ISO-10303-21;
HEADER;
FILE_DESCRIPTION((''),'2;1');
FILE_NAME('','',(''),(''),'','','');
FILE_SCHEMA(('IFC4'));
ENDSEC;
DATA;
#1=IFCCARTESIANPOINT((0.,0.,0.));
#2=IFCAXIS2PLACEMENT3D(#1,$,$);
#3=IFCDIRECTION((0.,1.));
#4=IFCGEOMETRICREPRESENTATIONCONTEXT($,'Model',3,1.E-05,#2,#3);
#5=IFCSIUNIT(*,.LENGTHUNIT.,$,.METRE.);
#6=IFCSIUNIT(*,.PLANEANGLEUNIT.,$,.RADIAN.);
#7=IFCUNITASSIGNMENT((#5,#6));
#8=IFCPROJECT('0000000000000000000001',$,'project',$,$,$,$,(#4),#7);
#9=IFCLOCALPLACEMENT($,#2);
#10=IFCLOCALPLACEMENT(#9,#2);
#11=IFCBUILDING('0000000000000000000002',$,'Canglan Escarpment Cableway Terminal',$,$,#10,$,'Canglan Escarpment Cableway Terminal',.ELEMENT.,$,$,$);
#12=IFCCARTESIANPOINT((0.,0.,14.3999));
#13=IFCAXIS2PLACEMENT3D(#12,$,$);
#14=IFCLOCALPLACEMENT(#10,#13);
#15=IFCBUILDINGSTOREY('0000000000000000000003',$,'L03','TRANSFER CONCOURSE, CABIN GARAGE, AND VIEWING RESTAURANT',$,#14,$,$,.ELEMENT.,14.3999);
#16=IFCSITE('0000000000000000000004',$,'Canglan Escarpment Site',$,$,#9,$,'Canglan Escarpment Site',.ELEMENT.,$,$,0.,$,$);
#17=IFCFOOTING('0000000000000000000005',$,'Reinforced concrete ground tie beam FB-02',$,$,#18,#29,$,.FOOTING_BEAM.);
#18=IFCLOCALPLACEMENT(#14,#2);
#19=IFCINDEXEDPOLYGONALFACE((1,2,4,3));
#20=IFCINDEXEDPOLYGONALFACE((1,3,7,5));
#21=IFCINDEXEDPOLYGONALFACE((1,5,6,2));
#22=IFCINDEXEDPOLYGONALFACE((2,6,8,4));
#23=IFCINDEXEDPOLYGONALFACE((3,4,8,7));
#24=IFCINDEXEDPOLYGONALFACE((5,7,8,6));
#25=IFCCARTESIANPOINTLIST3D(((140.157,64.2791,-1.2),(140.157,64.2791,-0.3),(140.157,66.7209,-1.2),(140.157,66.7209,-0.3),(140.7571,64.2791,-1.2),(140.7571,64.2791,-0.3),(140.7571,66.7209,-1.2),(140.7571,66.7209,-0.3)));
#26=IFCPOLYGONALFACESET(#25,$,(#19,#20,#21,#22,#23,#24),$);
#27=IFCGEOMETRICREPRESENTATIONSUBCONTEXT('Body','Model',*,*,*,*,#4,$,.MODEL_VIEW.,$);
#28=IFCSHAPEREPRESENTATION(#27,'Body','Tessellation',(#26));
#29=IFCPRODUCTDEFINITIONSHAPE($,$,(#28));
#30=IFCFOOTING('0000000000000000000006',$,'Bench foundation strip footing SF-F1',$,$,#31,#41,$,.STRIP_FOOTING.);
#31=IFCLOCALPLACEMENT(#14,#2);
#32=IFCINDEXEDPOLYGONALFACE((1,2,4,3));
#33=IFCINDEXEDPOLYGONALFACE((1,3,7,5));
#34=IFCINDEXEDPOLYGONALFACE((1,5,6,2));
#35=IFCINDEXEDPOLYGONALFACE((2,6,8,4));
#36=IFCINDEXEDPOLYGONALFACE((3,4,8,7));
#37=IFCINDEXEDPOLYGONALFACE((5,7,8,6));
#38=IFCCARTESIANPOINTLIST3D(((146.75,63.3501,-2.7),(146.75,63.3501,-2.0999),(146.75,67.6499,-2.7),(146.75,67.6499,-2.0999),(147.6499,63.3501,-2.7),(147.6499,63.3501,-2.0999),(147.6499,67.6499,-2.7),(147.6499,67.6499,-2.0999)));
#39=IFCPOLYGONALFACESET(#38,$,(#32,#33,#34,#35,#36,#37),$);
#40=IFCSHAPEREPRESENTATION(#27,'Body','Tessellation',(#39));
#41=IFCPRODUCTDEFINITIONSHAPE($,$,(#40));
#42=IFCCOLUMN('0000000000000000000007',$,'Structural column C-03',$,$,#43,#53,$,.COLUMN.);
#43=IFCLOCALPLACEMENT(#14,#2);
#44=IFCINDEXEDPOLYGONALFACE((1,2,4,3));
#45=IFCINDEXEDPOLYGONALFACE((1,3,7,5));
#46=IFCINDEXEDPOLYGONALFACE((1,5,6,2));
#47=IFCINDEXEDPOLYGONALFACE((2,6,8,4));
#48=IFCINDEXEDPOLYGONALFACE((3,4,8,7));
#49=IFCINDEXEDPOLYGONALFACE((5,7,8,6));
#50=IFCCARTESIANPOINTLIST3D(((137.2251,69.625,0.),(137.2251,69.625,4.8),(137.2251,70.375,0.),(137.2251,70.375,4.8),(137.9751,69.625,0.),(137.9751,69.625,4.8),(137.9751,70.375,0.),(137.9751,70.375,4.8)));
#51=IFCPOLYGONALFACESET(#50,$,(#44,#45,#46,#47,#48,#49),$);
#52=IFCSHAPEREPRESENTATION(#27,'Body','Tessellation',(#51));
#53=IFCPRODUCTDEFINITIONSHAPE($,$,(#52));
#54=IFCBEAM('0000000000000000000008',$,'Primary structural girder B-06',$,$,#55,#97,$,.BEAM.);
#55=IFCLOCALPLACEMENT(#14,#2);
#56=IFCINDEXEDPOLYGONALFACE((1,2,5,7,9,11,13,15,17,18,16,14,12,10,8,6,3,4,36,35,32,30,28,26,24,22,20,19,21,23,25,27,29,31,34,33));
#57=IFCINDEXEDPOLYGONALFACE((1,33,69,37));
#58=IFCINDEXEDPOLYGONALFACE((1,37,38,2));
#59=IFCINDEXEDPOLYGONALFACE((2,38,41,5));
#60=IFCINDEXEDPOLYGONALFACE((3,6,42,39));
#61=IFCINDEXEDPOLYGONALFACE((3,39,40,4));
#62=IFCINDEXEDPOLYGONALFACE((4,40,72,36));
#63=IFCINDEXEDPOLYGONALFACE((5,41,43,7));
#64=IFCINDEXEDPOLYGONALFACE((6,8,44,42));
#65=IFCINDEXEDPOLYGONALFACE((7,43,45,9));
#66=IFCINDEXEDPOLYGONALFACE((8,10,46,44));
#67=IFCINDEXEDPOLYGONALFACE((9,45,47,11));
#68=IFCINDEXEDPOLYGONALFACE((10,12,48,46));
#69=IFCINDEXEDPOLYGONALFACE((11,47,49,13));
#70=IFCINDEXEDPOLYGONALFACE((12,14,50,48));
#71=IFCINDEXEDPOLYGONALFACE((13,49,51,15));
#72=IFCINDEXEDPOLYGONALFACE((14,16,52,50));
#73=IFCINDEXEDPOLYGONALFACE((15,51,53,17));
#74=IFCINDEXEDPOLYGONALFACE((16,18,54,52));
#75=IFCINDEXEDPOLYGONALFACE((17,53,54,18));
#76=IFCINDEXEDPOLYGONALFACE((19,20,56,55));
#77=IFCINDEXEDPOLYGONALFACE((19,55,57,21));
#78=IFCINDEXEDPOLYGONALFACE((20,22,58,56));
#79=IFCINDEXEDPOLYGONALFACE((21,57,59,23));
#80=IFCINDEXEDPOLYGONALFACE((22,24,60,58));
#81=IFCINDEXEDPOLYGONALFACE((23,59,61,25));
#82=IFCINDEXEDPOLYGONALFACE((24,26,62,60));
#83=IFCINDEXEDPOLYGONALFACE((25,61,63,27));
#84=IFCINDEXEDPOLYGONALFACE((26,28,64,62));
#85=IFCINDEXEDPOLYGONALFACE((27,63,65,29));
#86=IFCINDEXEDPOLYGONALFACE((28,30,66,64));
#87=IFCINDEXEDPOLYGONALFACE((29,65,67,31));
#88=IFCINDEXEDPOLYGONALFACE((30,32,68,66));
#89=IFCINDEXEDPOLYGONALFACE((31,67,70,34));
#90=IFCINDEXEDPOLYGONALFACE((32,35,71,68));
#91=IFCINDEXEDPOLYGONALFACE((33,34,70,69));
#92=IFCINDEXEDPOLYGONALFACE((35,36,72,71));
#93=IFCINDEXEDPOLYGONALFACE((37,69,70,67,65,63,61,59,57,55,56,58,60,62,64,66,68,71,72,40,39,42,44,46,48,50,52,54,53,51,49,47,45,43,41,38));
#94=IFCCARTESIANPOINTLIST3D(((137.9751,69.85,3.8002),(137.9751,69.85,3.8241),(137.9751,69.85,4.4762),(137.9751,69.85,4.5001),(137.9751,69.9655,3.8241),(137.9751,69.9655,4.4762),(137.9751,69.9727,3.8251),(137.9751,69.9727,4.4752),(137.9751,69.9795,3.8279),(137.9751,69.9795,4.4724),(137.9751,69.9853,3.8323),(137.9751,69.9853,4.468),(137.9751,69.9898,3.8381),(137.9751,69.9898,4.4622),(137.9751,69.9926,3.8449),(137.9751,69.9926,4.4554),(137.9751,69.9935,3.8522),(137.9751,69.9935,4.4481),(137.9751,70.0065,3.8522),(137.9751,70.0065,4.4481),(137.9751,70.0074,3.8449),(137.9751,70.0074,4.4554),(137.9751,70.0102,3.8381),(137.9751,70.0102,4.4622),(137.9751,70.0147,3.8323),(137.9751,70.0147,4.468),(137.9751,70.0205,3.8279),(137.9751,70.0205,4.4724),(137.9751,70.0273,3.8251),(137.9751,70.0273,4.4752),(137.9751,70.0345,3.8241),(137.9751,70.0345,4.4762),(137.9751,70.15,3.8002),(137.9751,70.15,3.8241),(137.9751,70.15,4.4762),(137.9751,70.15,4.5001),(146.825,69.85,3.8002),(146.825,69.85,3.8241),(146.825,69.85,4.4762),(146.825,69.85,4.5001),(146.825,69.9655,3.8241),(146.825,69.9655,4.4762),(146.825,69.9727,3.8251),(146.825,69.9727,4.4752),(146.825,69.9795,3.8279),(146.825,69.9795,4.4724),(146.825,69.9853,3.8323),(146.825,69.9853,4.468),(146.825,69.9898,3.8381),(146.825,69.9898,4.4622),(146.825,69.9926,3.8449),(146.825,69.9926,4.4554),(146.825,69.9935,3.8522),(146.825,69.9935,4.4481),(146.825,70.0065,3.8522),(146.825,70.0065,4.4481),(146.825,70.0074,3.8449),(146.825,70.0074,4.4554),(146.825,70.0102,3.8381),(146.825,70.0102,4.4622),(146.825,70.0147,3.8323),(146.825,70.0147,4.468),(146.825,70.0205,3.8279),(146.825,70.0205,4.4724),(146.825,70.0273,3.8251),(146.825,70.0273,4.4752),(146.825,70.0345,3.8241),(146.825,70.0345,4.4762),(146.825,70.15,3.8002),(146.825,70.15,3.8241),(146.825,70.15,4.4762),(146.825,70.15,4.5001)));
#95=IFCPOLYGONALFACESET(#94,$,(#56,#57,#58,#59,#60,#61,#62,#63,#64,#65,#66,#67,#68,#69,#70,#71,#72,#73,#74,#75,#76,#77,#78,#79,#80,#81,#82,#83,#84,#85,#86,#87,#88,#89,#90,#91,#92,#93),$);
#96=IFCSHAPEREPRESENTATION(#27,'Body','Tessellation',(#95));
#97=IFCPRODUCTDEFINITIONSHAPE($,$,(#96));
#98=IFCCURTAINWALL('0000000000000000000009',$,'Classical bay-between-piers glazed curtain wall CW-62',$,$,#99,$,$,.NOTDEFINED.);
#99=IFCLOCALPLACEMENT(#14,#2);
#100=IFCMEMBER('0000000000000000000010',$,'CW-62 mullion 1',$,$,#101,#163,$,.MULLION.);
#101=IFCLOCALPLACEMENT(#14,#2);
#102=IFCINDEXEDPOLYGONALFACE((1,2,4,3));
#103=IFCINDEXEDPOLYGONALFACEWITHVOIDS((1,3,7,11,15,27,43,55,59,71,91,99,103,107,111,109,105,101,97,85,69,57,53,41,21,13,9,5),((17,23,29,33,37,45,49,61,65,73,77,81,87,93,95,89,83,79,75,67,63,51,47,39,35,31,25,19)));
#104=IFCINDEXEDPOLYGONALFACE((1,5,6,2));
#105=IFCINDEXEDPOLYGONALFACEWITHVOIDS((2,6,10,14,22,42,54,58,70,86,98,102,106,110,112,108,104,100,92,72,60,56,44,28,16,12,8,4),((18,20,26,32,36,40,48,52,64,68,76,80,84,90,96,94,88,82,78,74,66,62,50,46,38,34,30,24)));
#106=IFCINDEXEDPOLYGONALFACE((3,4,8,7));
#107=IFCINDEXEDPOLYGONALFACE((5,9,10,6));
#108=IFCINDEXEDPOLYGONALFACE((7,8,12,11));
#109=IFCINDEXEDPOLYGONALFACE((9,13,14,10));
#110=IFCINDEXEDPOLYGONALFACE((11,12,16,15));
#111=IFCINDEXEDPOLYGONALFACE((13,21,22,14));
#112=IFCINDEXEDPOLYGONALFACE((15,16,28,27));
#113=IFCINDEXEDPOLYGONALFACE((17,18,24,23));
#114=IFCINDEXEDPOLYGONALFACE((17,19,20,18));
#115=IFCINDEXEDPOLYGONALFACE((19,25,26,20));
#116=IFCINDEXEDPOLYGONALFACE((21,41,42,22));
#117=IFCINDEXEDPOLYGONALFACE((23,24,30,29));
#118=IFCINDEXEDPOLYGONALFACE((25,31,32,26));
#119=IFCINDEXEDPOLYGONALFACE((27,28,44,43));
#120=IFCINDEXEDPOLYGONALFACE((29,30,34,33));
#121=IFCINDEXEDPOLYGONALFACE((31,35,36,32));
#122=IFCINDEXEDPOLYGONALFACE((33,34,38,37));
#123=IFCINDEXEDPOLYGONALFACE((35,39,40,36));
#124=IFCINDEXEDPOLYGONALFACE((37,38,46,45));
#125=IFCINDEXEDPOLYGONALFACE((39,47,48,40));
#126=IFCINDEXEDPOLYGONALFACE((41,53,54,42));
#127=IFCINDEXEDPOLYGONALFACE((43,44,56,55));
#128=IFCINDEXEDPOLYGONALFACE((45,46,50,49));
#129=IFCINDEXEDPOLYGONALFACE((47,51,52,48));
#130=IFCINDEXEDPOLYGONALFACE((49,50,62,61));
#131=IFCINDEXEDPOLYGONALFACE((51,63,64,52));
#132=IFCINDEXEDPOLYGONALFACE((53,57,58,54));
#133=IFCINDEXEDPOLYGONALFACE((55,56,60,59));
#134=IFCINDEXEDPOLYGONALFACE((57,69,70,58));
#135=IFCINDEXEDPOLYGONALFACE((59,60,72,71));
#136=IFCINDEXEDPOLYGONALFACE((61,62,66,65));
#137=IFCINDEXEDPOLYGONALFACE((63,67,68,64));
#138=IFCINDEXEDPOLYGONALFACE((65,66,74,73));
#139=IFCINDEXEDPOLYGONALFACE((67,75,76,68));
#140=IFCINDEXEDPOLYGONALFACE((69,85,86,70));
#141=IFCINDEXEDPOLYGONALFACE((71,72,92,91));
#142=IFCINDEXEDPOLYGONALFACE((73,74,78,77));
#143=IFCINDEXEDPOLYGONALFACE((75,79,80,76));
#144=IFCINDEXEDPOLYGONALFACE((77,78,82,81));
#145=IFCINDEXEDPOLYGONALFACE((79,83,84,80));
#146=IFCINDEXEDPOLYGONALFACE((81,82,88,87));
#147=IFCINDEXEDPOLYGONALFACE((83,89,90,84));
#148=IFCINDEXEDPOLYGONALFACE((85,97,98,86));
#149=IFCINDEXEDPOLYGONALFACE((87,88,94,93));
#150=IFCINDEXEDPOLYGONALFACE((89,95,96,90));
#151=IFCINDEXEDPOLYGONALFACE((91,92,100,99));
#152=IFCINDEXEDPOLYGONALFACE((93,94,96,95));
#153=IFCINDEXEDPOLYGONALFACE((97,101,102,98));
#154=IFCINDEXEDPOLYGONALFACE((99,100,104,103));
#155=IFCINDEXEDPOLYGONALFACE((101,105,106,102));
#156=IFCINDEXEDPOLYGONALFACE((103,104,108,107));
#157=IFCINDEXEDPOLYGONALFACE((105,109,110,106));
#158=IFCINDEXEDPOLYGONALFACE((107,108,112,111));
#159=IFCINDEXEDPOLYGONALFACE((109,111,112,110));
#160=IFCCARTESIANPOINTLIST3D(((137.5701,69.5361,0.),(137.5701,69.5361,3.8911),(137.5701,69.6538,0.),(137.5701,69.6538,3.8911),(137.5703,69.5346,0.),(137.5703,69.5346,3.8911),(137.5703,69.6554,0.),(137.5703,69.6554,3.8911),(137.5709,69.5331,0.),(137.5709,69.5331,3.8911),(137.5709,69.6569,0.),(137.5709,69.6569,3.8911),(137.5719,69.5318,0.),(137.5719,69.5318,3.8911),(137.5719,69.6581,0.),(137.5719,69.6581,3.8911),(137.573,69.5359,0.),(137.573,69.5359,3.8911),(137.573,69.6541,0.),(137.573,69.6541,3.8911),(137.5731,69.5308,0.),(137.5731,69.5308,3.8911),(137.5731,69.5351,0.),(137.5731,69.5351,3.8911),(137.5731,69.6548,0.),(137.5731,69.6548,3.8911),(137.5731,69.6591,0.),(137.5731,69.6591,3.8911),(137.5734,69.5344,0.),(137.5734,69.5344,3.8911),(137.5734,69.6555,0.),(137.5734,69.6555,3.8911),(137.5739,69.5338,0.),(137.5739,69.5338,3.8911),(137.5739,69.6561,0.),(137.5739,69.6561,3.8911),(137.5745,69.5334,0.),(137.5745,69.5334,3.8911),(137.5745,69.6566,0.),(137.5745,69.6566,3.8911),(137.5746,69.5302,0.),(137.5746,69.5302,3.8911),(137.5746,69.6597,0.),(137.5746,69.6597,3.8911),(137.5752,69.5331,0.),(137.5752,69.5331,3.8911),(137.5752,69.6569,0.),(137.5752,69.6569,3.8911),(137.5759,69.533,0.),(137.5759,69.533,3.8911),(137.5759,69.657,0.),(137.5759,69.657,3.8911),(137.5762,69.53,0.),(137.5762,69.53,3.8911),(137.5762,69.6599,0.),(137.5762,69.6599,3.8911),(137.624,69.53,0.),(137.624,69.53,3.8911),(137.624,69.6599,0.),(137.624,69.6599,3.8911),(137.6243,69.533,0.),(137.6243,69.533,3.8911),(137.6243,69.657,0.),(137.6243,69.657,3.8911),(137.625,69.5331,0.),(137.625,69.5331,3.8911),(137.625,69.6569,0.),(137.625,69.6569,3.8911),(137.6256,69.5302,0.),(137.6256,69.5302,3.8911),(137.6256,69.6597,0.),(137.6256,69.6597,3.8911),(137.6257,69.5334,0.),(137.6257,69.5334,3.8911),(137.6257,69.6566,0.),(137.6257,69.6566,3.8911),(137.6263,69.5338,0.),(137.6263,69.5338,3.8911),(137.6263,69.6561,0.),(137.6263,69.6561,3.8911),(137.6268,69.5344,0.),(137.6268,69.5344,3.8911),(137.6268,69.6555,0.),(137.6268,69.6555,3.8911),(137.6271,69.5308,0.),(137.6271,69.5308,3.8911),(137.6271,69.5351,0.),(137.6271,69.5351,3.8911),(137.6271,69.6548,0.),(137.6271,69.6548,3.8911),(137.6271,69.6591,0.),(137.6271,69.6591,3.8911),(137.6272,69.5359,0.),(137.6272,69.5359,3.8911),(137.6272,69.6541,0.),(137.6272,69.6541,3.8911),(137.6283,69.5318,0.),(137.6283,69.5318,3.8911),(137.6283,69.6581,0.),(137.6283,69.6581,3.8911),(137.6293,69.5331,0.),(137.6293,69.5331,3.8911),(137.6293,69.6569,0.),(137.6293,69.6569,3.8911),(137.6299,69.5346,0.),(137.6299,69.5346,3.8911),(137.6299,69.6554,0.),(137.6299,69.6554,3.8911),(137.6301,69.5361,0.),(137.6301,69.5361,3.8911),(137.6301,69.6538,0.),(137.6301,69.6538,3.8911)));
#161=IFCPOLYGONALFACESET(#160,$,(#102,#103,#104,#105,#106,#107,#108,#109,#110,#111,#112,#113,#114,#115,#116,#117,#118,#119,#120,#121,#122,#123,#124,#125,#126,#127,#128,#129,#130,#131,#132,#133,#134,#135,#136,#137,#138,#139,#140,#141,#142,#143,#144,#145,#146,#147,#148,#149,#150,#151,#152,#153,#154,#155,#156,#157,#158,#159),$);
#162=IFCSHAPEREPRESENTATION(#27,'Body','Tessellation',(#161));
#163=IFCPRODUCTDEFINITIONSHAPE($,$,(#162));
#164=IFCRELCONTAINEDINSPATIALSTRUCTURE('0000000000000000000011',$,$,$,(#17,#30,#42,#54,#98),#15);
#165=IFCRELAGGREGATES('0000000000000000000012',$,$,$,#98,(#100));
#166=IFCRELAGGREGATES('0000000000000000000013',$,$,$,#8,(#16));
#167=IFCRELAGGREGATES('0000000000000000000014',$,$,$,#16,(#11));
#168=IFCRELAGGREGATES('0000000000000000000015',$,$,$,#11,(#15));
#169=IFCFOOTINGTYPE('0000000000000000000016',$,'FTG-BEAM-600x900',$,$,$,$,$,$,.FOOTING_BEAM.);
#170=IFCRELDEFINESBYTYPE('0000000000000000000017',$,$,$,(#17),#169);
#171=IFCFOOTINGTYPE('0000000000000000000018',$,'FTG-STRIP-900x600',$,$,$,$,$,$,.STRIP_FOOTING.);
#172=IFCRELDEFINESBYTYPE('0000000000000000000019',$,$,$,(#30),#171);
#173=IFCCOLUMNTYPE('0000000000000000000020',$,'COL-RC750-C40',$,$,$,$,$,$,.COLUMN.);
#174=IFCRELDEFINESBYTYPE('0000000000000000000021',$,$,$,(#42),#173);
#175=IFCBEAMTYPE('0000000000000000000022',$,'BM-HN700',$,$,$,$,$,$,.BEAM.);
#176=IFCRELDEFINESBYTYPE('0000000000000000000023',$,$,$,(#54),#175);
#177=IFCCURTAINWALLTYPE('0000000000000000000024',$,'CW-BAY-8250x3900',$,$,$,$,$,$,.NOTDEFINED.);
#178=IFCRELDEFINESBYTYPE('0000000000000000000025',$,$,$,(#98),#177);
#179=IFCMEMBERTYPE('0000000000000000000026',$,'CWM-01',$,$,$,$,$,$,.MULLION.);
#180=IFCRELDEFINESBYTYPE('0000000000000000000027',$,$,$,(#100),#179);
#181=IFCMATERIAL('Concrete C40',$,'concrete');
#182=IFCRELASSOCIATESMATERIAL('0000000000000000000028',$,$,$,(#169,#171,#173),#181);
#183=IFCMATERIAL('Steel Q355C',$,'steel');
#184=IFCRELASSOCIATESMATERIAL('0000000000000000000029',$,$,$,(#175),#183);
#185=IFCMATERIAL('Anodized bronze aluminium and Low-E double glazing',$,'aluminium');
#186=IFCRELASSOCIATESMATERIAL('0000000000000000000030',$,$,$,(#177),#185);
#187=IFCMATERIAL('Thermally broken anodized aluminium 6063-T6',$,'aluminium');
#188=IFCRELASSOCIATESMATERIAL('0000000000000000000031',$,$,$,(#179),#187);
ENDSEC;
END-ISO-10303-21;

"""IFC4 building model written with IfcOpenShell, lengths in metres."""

from ifc_helpers import new_model, si_unit, direction, frame, origin, origin_2d, place, context, subcontext, project, spatial, rectangle, hollow_rectangle, i_section, extrude, material, material_profile, profile_set, type_object, element, aggregate, save


model = new_model("IFC4")

# Units and contexts
model_context = context("Model", 3, precision=1e-05, world=origin(), true_north=direction((0.0, 1.0)))
body_context = subcontext(model_context, "Body", "Model", "MODEL_VIEW")
ifc_project = project(units=[si_unit("LENGTHUNIT", "METRE"), si_unit("PLANEANGLEUNIT", "RADIAN")], contexts=[model_context])

# Site, building, storey
site_placement = place(None, origin())
site = spatial("IfcSite", under=ifc_project, at=site_placement, Name="Canglan Escarpment Site", LongName="Canglan Escarpment Site", CompositionType="ELEMENT", RefElevation=0.0)
building_placement = place(site_placement, origin())
building = spatial("IfcBuilding", under=site, at=building_placement, Name="Canglan Escarpment Cableway Terminal", LongName="Canglan Escarpment Cableway Terminal", CompositionType="ELEMENT")
storey_placement = place(building_placement, frame((0.0, 0.0, 14.3999)))
storey = spatial("IfcBuildingStorey", under=building, at=storey_placement, Name="L03", Description="TRANSFER CONCOURSE, CABIN GARAGE, AND VIEWING RESTAURANT", CompositionType="ELEMENT", Elevation=14.3999)

# Footings
ifc_material_1 = material(Name="Concrete C40", Category="concrete")
ifc_material_profile_1 = material_profile(ifc_material_1, rectangle(XDim=0.6001, YDim=0.8999, at=origin_2d()), Name="FB 600x900")
ifc_profile_set_1 = profile_set([ifc_material_profile_1], Name="Concrete C40")
footing_type_1 = type_object("IfcFootingType", Name="FTG-BEAM-600x900", PredefinedType="FOOTING_BEAM", material=ifc_profile_set_1)
footing_1_placement = place(storey_placement, frame((140.457, 64.2791, -0.75), z_axis=(0.0, 1.0, 0.0), x_axis=(-1.0, 0.0, 0.0)))
element("IfcFooting", 1, at=footing_1_placement, inside=storey, type_object=footing_type_1, Name="Reinforced concrete ground tie beam FB-02", PredefinedType="FOOTING_BEAM", context=body_context, shape_type="SweptSolid", body=[
    extrude(rectangle(XDim=0.6001, YDim=0.8999, at=origin_2d()), origin(), (0.0, 0.0, 1.0), 2.4419),
])
ifc_material_profile_2 = material_profile(ifc_material_1, rectangle(XDim=0.8999, YDim=0.6001, at=origin_2d()), Name="SF 900x600")
ifc_profile_set_2 = profile_set([ifc_material_profile_2], Name="Concrete C40")
footing_type_2 = type_object("IfcFootingType", Name="FTG-STRIP-900x600", PredefinedType="STRIP_FOOTING", material=ifc_profile_set_2)
footing_2_placement = place(storey_placement, frame((147.2, 63.3501, -2.3999), z_axis=(0.0, 1.0, 0.0), x_axis=(-1.0, 0.0, 0.0)))
element("IfcFooting", 2, at=footing_2_placement, inside=storey, type_object=footing_type_2, Name="Bench foundation strip footing SF-F1", PredefinedType="STRIP_FOOTING", context=body_context, shape_type="SweptSolid", body=[
    extrude(rectangle(XDim=0.8999, YDim=0.6001, at=origin_2d()), origin(), (0.0, 0.0, 1.0), 4.2998),
])

# Column
ifc_material_profile_3 = material_profile(ifc_material_1, rectangle(XDim=0.75, YDim=0.75, at=origin_2d()), Name="RC 750x750")
ifc_profile_set_3 = profile_set([ifc_material_profile_3], Name="Concrete C40")
column_type = type_object("IfcColumnType", Name="COL-RC750-C40", PredefinedType="COLUMN", material=ifc_profile_set_3)
column_placement = place(storey_placement, frame((137.6001, 70.0, 0.0), z_axis=(0.0, 0.0, 1.0), x_axis=(1.0, 0.0, 0.0)))
element("IfcColumn", 3, at=column_placement, inside=storey, type_object=column_type, Name="Structural column C-03", PredefinedType="COLUMN", context=body_context, shape_type="SweptSolid", body=[
    extrude(rectangle(XDim=0.75, YDim=0.75, at=origin_2d()), origin(), (0.0, 0.0, 1.0), 4.8),
])

# Beam
ifc_material_2 = material(Name="Steel Q355C", Category="steel")
ifc_material_profile_4 = material_profile(ifc_material_2, i_section(OverallWidth=0.3, OverallDepth=0.7, WebThickness=0.0129, FlangeThickness=0.0239, FilletRadius=0.0281, at=origin_2d()), Name="HN 700x300x13x24")
ifc_profile_set_4 = profile_set([ifc_material_profile_4], Name="Steel Q355C")
beam_type_1 = type_object("IfcBeamType", Name="BM-HN700", PredefinedType="BEAM", material=ifc_profile_set_4)
beam_placement = place(storey_placement, frame((137.9751, 70.0, 4.1501), z_axis=(1.0, 0.0, 0.0), x_axis=(0.0, 1.0, 0.0)))
element("IfcBeam", 4, at=beam_placement, inside=storey, type_object=beam_type_1, Name="Primary structural girder B-06", PredefinedType="BEAM", context=body_context, shape_type="SweptSolid", body=[
    extrude(i_section(OverallWidth=0.3, OverallDepth=0.7, WebThickness=0.0129, FlangeThickness=0.0239, FilletRadius=0.0281, at=origin_2d()), origin(), (0.0, 0.0, 1.0), 8.8499),
])

# Curtain wall, member
ifc_material_3 = material(Name="Anodized bronze aluminium and Low-E double glazing", Category="aluminium")
curtain_wall_type = type_object("IfcCurtainWallType", Name="CW-BAY-8250x3900", PredefinedType="NOTDEFINED", material=ifc_material_3)
curtain_wall_placement = place(storey_placement, origin())
curtain_wall = element("IfcCurtainWall", 5, at=curtain_wall_placement, inside=storey, type_object=curtain_wall_type, Name="Classical bay-between-piers glazed curtain wall CW-62", PredefinedType="NOTDEFINED")
ifc_material_4 = material(Name="Thermally broken anodized aluminium 6063-T6", Category="aluminium")
ifc_material_profile_5 = material_profile(ifc_material_4, hollow_rectangle(XDim=0.0601, YDim=0.1299, WallThickness=0.0029, InnerFilletRadius=0.0029, OuterFilletRadius=0.0061, at=origin_2d()), Name="ALU-MULL 60x130x3")
ifc_profile_set_5 = profile_set([ifc_material_profile_5], Name="Thermally broken anodized aluminium 6063-T6")
member_type_1 = type_object("IfcMemberType", Name="CWM-01", PredefinedType="MULLION", material=ifc_profile_set_5)
member_1_placement = place(storey_placement, frame((137.6001, 69.595, 0.0), z_axis=(0.0, 0.0, 1.0), x_axis=(1.0, 0.0, 0.0)))
member_1 = element("IfcMember", 6, at=member_1_placement, type_object=member_type_1, Name="CW-62 mullion 1", PredefinedType="MULLION", context=body_context, shape_type="SweptSolid", body=[
    extrude(hollow_rectangle(XDim=0.0601, YDim=0.1299, WallThickness=0.0029, InnerFilletRadius=0.0029, OuterFilletRadius=0.0061, at=origin_2d()), origin(), (0.0, 0.0, 1.0), 3.8911),
])

aggregate(curtain_wall, [member_1])

save(model, "model.ifc")
